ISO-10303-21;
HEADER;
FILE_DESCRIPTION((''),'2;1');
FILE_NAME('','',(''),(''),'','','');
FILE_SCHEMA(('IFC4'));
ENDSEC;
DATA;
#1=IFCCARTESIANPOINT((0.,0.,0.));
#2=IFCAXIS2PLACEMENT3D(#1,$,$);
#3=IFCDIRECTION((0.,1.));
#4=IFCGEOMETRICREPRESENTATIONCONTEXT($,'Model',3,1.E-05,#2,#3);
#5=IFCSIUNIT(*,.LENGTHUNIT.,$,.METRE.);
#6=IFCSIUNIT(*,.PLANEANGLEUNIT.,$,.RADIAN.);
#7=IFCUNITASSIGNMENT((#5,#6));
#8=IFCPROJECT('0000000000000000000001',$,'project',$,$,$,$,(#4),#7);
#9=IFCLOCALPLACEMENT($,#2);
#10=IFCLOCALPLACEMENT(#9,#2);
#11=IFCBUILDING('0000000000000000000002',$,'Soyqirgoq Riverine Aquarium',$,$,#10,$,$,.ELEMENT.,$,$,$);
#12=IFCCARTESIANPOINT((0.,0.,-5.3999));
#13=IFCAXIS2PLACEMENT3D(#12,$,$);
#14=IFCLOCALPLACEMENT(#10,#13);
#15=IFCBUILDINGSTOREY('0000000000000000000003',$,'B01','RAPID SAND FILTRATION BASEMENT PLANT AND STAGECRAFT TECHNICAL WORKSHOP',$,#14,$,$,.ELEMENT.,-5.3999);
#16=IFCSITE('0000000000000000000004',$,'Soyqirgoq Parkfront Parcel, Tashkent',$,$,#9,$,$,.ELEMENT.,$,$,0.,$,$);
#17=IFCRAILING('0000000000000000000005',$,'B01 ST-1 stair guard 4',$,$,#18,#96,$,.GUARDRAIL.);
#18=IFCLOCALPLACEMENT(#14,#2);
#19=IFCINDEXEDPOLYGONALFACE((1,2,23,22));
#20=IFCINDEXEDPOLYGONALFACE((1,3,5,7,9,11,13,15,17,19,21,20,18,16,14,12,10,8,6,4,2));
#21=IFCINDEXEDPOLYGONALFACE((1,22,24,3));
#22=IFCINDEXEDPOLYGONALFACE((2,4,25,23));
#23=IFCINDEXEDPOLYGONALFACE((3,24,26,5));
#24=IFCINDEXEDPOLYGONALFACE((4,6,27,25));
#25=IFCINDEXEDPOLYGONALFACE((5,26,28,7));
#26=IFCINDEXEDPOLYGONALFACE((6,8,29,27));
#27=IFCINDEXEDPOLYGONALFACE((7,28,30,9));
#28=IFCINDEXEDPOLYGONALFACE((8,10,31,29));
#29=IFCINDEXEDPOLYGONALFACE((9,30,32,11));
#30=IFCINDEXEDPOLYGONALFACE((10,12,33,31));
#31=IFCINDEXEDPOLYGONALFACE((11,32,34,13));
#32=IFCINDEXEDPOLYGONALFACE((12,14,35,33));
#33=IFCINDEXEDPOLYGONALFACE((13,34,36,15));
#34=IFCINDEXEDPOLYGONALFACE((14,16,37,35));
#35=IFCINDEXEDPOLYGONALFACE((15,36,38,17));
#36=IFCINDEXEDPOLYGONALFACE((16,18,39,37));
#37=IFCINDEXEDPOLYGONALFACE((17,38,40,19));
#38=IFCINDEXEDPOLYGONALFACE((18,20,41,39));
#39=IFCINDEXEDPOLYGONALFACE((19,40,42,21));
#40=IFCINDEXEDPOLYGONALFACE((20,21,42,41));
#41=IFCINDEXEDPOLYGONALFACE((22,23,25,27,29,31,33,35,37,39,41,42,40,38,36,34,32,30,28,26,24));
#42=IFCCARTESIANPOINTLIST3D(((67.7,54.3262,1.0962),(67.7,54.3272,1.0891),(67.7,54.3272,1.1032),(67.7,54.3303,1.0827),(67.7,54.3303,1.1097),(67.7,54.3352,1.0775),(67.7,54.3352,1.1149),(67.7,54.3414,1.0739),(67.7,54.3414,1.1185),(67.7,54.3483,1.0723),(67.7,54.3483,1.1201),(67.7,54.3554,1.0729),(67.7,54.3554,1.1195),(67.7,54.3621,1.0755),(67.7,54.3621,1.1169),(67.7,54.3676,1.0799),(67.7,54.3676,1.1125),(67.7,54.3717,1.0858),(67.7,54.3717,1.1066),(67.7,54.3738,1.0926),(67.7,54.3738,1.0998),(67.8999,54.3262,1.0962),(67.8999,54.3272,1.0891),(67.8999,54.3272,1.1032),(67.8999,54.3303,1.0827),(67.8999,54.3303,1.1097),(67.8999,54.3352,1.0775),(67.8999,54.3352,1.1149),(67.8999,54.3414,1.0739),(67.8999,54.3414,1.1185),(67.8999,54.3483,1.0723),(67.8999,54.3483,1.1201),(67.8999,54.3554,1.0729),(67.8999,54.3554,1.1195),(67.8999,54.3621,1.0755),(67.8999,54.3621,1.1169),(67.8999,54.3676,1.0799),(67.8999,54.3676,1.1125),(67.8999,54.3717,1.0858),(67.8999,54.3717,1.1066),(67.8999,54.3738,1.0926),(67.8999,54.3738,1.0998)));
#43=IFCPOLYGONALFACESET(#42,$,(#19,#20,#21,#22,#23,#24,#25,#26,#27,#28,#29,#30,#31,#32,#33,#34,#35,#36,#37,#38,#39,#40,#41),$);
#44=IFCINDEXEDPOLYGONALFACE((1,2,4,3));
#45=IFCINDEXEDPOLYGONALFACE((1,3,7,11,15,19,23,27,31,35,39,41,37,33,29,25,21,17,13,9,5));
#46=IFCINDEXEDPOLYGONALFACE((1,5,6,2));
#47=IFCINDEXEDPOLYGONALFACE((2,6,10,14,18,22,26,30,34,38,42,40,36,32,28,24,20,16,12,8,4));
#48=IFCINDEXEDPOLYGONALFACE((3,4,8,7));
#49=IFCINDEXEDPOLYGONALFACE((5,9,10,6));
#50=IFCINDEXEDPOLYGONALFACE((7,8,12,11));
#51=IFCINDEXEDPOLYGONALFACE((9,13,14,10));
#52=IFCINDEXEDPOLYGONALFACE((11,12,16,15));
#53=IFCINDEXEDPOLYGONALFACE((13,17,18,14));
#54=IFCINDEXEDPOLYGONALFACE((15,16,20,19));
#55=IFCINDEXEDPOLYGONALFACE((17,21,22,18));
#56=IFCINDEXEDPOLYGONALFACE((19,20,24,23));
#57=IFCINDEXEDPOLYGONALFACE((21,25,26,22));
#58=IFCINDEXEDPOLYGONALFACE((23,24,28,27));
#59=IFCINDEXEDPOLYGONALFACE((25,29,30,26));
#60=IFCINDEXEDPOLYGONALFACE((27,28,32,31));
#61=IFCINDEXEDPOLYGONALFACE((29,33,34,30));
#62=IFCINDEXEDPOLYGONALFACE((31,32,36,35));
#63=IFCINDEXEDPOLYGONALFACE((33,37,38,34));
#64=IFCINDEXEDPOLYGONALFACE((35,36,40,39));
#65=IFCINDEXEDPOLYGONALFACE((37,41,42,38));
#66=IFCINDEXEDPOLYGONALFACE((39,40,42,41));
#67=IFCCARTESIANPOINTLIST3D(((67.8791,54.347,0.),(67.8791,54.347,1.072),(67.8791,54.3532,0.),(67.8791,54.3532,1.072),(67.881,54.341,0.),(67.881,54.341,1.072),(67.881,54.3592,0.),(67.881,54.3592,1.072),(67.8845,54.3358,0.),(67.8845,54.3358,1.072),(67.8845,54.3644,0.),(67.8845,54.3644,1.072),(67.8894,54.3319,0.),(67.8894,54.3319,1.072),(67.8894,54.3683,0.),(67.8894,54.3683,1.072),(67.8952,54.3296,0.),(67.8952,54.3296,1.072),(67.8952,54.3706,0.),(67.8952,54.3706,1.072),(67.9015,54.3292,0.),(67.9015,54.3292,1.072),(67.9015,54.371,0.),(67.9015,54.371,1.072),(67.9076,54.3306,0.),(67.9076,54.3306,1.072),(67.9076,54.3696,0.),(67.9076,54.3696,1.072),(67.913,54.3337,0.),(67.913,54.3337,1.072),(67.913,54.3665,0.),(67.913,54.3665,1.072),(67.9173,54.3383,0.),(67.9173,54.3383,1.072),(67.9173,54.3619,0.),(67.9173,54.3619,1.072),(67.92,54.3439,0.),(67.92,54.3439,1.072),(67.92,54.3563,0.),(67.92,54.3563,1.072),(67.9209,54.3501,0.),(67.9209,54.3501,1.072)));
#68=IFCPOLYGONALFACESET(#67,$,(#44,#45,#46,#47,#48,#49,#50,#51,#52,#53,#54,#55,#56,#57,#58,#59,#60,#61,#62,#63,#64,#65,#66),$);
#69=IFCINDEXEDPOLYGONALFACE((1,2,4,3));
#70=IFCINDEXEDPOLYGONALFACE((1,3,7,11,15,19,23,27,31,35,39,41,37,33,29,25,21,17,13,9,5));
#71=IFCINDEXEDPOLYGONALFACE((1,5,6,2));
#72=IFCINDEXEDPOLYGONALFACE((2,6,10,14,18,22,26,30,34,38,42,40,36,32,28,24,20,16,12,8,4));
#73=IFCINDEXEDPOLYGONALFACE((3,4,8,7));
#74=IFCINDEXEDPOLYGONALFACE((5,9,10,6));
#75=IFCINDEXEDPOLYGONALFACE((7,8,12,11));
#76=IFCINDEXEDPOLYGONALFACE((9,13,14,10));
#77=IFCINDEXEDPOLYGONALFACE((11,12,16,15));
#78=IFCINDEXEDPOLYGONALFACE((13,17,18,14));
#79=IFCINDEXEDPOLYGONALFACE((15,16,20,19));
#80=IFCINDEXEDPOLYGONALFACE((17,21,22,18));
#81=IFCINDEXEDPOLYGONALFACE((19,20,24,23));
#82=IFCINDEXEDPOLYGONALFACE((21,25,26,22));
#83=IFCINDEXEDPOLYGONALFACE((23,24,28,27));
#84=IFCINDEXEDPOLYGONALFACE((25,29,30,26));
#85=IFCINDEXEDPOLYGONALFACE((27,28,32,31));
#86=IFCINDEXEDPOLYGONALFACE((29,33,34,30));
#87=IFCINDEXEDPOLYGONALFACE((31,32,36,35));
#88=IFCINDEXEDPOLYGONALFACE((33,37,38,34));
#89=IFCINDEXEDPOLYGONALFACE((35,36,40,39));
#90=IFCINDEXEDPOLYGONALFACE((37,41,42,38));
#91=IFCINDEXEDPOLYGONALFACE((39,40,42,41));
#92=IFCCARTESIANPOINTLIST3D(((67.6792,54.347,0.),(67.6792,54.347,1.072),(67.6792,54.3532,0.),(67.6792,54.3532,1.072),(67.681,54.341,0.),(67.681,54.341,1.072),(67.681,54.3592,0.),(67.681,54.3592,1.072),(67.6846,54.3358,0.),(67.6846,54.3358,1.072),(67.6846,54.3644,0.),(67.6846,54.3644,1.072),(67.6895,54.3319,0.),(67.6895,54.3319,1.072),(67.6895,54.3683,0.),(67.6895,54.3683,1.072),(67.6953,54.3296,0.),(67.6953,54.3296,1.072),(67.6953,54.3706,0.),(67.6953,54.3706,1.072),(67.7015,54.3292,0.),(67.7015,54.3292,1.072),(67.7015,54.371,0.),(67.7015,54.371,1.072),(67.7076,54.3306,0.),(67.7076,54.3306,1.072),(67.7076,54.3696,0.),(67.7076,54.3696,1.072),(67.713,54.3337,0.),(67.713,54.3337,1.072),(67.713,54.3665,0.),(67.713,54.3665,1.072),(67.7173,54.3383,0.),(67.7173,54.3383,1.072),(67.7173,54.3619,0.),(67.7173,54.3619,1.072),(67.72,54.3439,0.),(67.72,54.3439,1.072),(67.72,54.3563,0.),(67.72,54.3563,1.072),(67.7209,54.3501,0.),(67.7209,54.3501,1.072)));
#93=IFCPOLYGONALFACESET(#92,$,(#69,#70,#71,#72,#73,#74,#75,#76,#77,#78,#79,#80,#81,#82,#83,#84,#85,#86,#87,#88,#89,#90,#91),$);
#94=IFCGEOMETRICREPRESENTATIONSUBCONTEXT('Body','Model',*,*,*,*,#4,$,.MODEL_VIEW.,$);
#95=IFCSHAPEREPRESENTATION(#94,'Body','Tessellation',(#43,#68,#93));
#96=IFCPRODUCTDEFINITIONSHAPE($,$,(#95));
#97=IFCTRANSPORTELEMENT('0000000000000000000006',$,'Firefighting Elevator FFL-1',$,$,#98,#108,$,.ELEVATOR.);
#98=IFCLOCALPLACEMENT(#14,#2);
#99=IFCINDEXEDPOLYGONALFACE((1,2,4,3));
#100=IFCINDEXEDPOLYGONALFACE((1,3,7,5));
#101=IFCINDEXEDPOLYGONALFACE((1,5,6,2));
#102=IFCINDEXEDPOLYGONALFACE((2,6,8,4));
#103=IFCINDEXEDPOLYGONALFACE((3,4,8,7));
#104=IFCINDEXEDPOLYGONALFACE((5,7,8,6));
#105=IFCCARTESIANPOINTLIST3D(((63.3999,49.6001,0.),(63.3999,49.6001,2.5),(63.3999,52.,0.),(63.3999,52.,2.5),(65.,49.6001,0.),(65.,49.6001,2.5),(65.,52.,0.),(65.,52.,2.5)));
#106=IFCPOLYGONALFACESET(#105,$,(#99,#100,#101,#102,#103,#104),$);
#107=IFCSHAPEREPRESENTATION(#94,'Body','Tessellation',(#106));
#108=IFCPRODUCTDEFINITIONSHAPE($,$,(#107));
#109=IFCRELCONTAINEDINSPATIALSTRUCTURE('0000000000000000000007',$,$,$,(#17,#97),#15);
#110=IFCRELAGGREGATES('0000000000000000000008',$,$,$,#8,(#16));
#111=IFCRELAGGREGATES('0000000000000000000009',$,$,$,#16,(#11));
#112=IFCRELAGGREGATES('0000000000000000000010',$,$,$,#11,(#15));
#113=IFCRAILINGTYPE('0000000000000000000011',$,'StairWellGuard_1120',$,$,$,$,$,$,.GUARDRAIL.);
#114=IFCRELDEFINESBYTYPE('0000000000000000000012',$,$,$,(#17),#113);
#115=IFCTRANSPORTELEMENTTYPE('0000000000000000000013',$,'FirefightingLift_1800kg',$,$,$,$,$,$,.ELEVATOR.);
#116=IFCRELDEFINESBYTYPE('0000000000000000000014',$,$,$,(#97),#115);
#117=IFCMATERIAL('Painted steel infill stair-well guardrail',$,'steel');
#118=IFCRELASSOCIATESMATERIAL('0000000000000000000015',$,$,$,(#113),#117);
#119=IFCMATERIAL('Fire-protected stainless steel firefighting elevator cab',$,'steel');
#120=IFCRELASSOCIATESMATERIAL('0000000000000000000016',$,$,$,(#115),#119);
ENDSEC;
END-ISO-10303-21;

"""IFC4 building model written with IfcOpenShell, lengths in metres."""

from ifc_helpers import new_model, si_unit, direction, frame, origin, origin_2d, place, context, subcontext, project, spatial, rectangle, circle, extrude, material, type_object, element, save


model = new_model("IFC4")

# Units and contexts
model_context = context("Model", 3, precision=1e-05, world=origin(), true_north=direction((0.0, 1.0)))
body_context = subcontext(model_context, "Body", "Model", "MODEL_VIEW")
ifc_project = project(units=[si_unit("LENGTHUNIT", "METRE"), si_unit("PLANEANGLEUNIT", "RADIAN")], contexts=[model_context])

# Site, building, storey
site_placement = place(None, origin())
site = spatial("IfcSite", under=ifc_project, at=site_placement, Name="Soyqirgoq Parkfront Parcel, Tashkent", CompositionType="ELEMENT", RefElevation=0.0)
building_placement = place(site_placement, origin())
building = spatial("IfcBuilding", under=site, at=building_placement, Name="Soyqirgoq Riverine Aquarium", CompositionType="ELEMENT")
storey_placement = place(building_placement, frame((0.0, 0.0, -5.3999)))
storey = spatial("IfcBuildingStorey", under=building, at=storey_placement, Name="B01", Description="RAPID SAND FILTRATION BASEMENT PLANT AND STAGECRAFT TECHNICAL WORKSHOP", CompositionType="ELEMENT", Elevation=-5.3999)

# Railing
ifc_material_1 = material(Name="Painted steel infill stair-well guardrail", Category="steel")
railing_type_1 = type_object("IfcRailingType", Name="StairWellGuard_1120", PredefinedType="GUARDRAIL", material=ifc_material_1)
railing_1_placement = place(storey_placement, frame((67.8999, 54.3501, 0.0)))
element("IfcRailing", 1, at=railing_1_placement, inside=storey, type_object=railing_type_1, Name="B01 ST-1 stair guard 4", PredefinedType="GUARDRAIL", context=body_context, shape_type="SweptSolid", body=[
    extrude(circle(Radius=0.0239, at=origin_2d()), frame((0.0, 0.0, 1.0962), z_axis=(-1.0, 0.0, 0.0), x_axis=(0.0, -1.0, 0.0)), (0.0, 0.0, 1.0), 0.2),
    extrude(circle(Radius=0.021, at=origin_2d()), origin(), (0.0, 0.0, 1.0), 1.072),
    extrude(circle(Radius=0.021, at=origin_2d()), frame((-0.2, 0.0, 0.0)), (0.0, 0.0, 1.0), 1.072),
])

# Transport element
ifc_material_2 = material(Name="Fire-protected stainless steel firefighting elevator cab", Category="steel")
transport_element_type = type_object("IfcTransportElementType", Name="FirefightingLift_1800kg", PredefinedType="ELEVATOR", material=ifc_material_2)
transport_element_placement = place(storey_placement, frame((64.2, 50.8, 0.0), z_axis=(0.0, 0.0, 1.0), x_axis=(1.0, 0.0, 0.0)))
element("IfcTransportElement", 2, at=transport_element_placement, inside=storey, type_object=transport_element_type, Name="Firefighting Elevator FFL-1", PredefinedType="ELEVATOR", context=body_context, shape_type="SweptSolid", body=[
    extrude(rectangle(XDim=1.6001, YDim=2.3999, at=origin_2d()), origin(), (0.0, 0.0, 1.0), 2.5),
])

save(model, "model.ifc")
